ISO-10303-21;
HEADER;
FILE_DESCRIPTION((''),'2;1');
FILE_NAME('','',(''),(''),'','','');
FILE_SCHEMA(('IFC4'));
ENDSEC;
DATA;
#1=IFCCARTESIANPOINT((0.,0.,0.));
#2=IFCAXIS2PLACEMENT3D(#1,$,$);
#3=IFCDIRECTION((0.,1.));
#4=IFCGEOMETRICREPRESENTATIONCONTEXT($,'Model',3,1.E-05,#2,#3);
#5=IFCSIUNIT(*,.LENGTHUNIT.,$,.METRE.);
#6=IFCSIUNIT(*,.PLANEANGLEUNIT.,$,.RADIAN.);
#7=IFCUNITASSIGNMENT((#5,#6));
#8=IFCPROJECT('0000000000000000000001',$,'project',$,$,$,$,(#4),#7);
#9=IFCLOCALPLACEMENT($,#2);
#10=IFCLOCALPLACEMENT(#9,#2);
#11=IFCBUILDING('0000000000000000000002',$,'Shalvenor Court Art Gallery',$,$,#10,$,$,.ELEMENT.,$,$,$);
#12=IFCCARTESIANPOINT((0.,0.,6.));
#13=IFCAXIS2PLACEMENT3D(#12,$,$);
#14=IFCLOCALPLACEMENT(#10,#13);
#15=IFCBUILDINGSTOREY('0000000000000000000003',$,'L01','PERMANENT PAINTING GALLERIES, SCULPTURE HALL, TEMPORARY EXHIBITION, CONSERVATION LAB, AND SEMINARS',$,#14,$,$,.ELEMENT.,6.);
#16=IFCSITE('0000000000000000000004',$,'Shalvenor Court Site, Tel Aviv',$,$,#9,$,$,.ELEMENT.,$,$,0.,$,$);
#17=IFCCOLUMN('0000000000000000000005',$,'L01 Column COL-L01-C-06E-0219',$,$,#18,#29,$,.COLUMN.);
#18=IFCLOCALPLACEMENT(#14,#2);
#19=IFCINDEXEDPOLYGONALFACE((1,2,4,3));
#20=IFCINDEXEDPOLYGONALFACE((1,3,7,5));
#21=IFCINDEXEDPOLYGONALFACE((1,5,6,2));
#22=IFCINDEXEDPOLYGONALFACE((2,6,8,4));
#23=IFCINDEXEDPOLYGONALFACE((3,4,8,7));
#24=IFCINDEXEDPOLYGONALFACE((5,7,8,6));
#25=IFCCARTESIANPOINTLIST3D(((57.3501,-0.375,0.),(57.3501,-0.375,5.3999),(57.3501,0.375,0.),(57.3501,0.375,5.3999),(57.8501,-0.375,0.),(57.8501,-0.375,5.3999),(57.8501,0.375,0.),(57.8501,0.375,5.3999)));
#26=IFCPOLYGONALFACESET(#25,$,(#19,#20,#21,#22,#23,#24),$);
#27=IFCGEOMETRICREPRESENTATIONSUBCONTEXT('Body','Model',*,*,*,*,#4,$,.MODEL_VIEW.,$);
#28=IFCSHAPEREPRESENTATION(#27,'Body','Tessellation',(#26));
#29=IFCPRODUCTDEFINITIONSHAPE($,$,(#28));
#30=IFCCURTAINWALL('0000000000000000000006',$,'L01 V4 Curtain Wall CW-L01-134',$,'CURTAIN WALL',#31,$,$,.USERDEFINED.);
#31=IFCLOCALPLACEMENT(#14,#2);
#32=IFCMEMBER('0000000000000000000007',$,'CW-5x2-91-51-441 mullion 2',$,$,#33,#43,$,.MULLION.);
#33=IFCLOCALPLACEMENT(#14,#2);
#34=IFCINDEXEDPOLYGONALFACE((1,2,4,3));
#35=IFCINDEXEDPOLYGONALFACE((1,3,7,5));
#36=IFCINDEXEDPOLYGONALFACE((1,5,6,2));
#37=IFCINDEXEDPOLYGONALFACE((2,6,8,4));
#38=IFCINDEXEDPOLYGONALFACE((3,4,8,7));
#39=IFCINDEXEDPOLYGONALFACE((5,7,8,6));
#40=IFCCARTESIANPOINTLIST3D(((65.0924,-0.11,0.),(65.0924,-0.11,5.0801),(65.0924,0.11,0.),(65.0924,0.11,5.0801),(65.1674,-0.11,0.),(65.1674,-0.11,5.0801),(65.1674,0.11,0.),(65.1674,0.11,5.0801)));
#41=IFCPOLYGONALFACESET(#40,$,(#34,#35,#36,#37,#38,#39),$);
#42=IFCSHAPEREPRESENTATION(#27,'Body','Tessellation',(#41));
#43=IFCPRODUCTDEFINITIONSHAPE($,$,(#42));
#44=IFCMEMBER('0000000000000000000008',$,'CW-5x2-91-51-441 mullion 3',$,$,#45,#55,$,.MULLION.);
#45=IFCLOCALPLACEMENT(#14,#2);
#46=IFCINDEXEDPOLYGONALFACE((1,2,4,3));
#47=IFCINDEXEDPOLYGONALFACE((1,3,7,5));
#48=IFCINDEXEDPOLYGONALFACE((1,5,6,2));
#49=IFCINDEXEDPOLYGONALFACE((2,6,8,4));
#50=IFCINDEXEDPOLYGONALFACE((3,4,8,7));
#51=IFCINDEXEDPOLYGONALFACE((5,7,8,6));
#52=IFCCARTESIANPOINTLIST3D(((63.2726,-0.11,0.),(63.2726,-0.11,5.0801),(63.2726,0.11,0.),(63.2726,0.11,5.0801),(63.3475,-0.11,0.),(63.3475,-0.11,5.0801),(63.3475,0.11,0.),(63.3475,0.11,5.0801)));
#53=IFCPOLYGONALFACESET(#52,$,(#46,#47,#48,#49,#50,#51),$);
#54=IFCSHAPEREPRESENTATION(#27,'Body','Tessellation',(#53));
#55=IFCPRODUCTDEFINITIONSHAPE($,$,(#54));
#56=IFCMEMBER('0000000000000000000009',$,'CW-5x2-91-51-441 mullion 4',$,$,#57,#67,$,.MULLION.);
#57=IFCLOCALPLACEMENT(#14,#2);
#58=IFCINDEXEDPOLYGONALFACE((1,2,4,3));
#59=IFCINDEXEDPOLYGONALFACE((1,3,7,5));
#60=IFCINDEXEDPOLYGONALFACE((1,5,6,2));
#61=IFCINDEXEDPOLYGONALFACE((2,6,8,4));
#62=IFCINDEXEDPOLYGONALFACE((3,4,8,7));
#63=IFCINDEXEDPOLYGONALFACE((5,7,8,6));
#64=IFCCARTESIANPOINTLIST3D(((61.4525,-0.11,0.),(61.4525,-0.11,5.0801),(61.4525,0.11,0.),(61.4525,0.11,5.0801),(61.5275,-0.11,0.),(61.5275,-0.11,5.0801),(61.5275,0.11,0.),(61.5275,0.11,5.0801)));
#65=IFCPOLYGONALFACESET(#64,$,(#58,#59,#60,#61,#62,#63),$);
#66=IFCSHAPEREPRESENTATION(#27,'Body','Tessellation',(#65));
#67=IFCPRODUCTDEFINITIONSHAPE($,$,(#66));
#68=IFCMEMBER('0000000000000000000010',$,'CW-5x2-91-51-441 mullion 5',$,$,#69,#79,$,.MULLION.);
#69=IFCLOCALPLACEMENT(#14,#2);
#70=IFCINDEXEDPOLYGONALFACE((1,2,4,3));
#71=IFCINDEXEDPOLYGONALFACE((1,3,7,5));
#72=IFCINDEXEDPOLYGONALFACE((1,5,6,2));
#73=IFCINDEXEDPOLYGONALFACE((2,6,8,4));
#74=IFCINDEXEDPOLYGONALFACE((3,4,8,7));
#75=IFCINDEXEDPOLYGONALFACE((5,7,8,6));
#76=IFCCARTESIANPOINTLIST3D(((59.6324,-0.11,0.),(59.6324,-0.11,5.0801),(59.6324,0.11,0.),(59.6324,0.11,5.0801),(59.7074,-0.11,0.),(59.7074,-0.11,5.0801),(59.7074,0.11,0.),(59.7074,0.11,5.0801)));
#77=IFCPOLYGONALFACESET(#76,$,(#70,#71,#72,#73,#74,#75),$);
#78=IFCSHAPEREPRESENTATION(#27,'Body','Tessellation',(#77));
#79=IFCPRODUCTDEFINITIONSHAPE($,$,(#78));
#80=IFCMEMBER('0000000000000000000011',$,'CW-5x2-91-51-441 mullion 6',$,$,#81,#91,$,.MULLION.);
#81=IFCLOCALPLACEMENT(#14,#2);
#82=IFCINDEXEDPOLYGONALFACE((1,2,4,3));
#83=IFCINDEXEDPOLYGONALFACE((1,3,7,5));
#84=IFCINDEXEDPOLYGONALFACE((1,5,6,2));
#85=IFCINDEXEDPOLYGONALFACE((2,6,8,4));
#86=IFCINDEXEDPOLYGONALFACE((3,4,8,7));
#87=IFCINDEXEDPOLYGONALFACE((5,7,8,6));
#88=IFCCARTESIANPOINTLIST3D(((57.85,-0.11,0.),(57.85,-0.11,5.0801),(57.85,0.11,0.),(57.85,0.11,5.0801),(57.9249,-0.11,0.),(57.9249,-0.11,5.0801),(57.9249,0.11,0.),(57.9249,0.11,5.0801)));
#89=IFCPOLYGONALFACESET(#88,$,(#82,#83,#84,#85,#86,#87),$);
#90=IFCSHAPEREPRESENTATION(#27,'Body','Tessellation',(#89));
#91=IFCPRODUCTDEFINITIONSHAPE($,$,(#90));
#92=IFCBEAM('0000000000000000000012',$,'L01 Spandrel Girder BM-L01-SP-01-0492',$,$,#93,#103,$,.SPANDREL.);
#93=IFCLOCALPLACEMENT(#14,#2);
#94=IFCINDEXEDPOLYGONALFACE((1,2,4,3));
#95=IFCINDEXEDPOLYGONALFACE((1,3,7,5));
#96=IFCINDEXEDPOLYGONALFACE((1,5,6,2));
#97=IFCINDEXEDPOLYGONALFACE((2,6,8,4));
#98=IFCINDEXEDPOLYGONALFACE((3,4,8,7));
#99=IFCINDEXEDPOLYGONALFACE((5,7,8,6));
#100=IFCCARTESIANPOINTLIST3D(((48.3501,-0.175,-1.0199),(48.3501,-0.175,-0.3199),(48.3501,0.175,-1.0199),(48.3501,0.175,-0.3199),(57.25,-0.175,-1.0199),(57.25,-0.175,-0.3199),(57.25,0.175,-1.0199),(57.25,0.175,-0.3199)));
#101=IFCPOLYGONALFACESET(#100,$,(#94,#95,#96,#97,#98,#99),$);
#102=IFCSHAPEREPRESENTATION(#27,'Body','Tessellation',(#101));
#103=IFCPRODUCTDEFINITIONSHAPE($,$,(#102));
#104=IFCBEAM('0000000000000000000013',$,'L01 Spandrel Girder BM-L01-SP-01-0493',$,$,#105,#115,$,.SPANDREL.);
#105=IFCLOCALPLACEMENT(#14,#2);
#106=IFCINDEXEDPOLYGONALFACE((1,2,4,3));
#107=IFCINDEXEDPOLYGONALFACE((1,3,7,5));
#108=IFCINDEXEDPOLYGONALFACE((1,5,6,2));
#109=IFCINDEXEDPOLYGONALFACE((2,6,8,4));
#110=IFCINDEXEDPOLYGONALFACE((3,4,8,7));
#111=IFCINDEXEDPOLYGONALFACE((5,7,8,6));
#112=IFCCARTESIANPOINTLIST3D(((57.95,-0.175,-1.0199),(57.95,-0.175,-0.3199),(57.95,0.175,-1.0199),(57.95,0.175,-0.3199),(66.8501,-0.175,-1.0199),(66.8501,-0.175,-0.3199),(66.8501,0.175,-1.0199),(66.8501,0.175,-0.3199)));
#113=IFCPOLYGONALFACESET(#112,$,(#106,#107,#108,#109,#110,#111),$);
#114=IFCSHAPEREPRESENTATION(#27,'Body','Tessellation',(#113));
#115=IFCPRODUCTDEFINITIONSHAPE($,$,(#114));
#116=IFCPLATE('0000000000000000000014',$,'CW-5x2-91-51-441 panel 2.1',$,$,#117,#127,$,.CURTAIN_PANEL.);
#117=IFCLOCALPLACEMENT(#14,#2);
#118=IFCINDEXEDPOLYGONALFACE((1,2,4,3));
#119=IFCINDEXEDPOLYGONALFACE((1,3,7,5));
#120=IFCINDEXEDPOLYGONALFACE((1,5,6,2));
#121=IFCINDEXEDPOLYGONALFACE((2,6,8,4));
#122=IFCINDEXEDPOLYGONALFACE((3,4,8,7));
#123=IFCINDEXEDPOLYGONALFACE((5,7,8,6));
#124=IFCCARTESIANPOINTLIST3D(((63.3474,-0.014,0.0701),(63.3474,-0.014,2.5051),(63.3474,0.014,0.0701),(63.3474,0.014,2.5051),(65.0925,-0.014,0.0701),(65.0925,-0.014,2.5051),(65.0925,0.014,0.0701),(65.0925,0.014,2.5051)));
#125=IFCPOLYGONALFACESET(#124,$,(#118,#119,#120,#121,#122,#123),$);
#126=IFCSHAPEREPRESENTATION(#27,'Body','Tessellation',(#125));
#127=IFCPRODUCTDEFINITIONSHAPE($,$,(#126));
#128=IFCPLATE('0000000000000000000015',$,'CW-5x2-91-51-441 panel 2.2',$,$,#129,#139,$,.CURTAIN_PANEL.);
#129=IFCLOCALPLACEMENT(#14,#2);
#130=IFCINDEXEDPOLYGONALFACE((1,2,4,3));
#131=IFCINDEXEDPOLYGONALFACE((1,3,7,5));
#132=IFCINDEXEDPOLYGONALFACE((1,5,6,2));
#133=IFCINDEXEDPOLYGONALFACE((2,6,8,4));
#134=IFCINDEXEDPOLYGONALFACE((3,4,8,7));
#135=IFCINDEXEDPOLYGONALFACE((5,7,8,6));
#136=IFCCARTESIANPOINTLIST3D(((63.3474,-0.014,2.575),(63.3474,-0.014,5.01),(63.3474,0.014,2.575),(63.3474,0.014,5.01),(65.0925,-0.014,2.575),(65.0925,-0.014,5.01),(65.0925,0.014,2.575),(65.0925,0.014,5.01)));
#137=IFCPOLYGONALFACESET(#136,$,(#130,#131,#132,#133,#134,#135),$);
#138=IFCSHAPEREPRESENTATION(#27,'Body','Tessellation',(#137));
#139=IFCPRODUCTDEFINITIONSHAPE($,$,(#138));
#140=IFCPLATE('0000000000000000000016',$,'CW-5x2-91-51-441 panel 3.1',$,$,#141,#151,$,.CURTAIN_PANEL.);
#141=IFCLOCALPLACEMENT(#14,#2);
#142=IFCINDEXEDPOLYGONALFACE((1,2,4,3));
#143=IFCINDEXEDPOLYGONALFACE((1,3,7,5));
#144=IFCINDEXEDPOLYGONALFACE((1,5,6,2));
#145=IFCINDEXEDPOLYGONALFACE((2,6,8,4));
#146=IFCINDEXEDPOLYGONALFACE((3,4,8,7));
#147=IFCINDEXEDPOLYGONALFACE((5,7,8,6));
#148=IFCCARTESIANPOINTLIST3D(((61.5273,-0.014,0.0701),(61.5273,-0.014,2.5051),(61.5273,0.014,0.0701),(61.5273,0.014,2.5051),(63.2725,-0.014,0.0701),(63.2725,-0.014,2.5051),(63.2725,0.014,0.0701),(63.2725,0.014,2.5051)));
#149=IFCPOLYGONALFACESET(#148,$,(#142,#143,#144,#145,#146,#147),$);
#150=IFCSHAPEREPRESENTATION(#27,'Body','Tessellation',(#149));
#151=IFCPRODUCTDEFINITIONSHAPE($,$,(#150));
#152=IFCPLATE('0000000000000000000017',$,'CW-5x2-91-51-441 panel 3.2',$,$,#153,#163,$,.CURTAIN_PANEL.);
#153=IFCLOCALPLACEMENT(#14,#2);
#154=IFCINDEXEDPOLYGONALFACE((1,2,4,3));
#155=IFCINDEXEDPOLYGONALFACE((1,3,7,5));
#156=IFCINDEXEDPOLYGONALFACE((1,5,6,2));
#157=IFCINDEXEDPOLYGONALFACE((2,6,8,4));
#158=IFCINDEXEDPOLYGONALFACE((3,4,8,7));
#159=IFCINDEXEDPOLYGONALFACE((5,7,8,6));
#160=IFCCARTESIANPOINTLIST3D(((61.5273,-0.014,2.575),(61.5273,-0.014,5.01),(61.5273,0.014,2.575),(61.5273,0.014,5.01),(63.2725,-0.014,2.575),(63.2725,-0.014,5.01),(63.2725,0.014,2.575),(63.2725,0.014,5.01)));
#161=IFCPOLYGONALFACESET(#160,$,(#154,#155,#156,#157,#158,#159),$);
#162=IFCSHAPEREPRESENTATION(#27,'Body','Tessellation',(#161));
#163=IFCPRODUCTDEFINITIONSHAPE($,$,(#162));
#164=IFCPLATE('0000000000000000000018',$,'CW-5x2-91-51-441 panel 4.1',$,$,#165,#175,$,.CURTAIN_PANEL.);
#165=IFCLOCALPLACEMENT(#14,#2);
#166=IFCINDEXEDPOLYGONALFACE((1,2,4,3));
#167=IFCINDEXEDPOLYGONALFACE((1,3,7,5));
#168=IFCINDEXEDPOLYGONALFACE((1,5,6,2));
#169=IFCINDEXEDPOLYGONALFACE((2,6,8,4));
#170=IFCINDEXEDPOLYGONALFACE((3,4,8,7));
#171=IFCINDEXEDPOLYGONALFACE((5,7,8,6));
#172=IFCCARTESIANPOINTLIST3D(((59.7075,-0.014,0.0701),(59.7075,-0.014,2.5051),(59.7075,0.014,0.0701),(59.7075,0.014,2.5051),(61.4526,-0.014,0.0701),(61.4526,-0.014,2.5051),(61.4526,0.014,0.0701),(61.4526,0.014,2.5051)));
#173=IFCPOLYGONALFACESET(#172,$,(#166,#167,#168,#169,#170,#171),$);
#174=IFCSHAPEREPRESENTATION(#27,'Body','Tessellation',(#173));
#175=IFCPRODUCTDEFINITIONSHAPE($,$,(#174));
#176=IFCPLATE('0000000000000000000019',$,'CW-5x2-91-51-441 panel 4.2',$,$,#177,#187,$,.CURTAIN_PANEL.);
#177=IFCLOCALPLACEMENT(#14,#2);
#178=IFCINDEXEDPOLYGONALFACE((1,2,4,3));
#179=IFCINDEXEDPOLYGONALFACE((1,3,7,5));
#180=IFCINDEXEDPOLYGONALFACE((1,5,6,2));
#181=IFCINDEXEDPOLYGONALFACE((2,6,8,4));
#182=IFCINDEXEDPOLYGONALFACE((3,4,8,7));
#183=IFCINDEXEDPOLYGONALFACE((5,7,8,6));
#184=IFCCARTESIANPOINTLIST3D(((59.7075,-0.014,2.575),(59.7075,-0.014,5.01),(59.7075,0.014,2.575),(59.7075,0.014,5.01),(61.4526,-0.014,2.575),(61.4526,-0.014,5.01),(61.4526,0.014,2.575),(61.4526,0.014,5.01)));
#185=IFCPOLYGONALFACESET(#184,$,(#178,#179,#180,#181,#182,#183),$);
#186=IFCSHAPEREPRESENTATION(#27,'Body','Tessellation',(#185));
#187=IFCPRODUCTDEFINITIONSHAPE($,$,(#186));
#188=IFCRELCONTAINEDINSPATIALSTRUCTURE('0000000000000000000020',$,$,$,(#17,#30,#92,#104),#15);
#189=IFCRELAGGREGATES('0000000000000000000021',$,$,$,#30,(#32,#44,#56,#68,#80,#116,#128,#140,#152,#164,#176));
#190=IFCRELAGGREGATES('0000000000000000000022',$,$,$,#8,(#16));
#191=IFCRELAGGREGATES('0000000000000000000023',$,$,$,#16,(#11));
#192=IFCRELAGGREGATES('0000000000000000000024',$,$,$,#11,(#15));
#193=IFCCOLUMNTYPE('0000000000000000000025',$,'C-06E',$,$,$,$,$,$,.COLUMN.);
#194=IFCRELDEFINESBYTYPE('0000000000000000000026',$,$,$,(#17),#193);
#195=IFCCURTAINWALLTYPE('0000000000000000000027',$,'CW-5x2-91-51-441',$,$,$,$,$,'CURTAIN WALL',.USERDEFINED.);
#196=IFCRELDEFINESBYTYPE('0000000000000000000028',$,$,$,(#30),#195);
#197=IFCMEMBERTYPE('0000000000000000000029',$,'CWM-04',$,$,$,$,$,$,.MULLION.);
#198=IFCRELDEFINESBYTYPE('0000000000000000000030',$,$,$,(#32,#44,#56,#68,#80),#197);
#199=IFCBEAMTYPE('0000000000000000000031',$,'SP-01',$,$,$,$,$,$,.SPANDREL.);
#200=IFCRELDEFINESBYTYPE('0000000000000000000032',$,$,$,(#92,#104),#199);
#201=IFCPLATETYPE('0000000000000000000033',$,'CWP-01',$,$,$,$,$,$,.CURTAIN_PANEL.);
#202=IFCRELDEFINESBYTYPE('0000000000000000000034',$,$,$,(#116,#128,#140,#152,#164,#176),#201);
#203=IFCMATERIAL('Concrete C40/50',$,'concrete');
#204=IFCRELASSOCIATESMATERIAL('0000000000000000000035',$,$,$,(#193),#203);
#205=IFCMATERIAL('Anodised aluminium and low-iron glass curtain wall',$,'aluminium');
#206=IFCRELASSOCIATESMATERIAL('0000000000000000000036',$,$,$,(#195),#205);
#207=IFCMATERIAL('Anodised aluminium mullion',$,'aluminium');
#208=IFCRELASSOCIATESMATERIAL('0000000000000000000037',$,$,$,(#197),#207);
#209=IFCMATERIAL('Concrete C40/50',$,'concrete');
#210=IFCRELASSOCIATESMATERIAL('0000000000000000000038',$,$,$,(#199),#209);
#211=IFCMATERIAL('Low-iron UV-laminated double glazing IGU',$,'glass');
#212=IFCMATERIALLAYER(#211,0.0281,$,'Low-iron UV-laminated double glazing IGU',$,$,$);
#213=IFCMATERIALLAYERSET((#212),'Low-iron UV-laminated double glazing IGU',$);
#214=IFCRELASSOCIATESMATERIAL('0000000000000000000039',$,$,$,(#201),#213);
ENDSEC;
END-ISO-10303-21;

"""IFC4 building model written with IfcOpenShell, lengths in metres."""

from ifc_helpers import new_model, si_unit, direction, frame, origin, origin_2d, place, context, subcontext, project, spatial, rectangle, extrude, material, layer, layer_set, material_profile, profile_set, type_object, element, aggregate, save


model = new_model("IFC4")

# Units and contexts
model_context = context("Model", 3, precision=1e-05, world=origin(), true_north=direction((0.0, 1.0)))
body_context = subcontext(model_context, "Body", "Model", "MODEL_VIEW")
ifc_project = project(units=[si_unit("LENGTHUNIT", "METRE"), si_unit("PLANEANGLEUNIT", "RADIAN")], contexts=[model_context])

# Site, building, storey
site_placement = place(None, origin())
site = spatial("IfcSite", under=ifc_project, at=site_placement, Name="Shalvenor Court Site, Tel Aviv", CompositionType="ELEMENT", RefElevation=0.0)
building_placement = place(site_placement, origin())
building = spatial("IfcBuilding", under=site, at=building_placement, Name="Shalvenor Court Art Gallery", CompositionType="ELEMENT")
storey_placement = place(building_placement, frame((0.0, 0.0, 6.0)))
storey = spatial("IfcBuildingStorey", under=building, at=storey_placement, Name="L01", Description="PERMANENT PAINTING GALLERIES, SCULPTURE HALL, TEMPORARY EXHIBITION, CONSERVATION LAB, AND SEMINARS", CompositionType="ELEMENT", Elevation=6.0)

# Column
ifc_material_1 = material(Name="Concrete C40/50", Category="concrete")
ifc_material_profile_1 = material_profile(ifc_material_1, rectangle(XDim=0.5, YDim=0.75, at=origin_2d()), Name="RC 500x750")
ifc_profile_set_1 = profile_set([ifc_material_profile_1], Name="Concrete C40/50")
column_type = type_object("IfcColumnType", Name="C-06E", PredefinedType="COLUMN", material=ifc_profile_set_1)
column_placement = place(storey_placement, frame((57.6001, 0.0, 0.0), z_axis=(0.0, 0.0, 1.0), x_axis=(1.0, 0.0, 0.0)))
element("IfcColumn", 1, at=column_placement, inside=storey, type_object=column_type, Name="L01 Column COL-L01-C-06E-0219", PredefinedType="COLUMN", context=body_context, shape_type="SweptSolid", body=[
    extrude(rectangle(XDim=0.5, YDim=0.75, at=origin_2d()), origin(), (0.0, 0.0, 1.0), 5.3999),
])

# Curtain wall, members
ifc_material_2 = material(Name="Anodised aluminium and low-iron glass curtain wall", Category="aluminium")
curtain_wall_type = type_object("IfcCurtainWallType", Name="CW-5x2-91-51-441", ElementType="CURTAIN WALL", PredefinedType="USERDEFINED", material=ifc_material_2)
curtain_wall_placement = place(storey_placement, origin())
curtain_wall = element("IfcCurtainWall", 2, at=curtain_wall_placement, inside=storey, type_object=curtain_wall_type, Name="L01 V4 Curtain Wall CW-L01-134", ObjectType="CURTAIN WALL", PredefinedType="USERDEFINED")
ifc_material_3 = material(Name="Anodised aluminium mullion", Category="aluminium")
ifc_material_profile_2 = material_profile(ifc_material_3, rectangle(XDim=0.075, YDim=0.22, at=origin_2d()), Name="CWM-04")
ifc_profile_set_2 = profile_set([ifc_material_profile_2], Name="Anodised aluminium mullion")
member_type = type_object("IfcMemberType", Name="CWM-04", PredefinedType="MULLION", material=ifc_profile_set_2)
member_1_placement = place(storey_placement, frame((65.1299, 0.0, 0.0), z_axis=(0.0, 0.0, 1.0), x_axis=(-1.0, 0.0, 0.0)))
member_1 = element("IfcMember", 3, at=member_1_placement, type_object=member_type, Name="CW-5x2-91-51-441 mullion 2", PredefinedType="MULLION", context=body_context, shape_type="SweptSolid", body=[
    extrude(rectangle(XDim=0.075, YDim=0.22, at=origin_2d()), origin(), (0.0, 0.0, 1.0), 5.0801),
])
member_2_placement = place(storey_placement, frame((63.3101, 0.0, 0.0), z_axis=(0.0, 0.0, 1.0), x_axis=(-1.0, 0.0, 0.0)))
member_2 = element("IfcMember", 4, at=member_2_placement, type_object=member_type, Name="CW-5x2-91-51-441 mullion 3", PredefinedType="MULLION", context=body_context, shape_type="SweptSolid", body=[
    extrude(rectangle(XDim=0.075, YDim=0.22, at=origin_2d()), origin(), (0.0, 0.0, 1.0), 5.0801),
])
member_3_placement = place(storey_placement, frame((61.49, 0.0, 0.0), z_axis=(0.0, 0.0, 1.0), x_axis=(-1.0, 0.0, 0.0)))
member_3 = element("IfcMember", 5, at=member_3_placement, type_object=member_type, Name="CW-5x2-91-51-441 mullion 4", PredefinedType="MULLION", context=body_context, shape_type="SweptSolid", body=[
    extrude(rectangle(XDim=0.075, YDim=0.22, at=origin_2d()), origin(), (0.0, 0.0, 1.0), 5.0801),
])
member_4_placement = place(storey_placement, frame((59.6699, 0.0, 0.0), z_axis=(0.0, 0.0, 1.0), x_axis=(-1.0, 0.0, 0.0)))
member_4 = element("IfcMember", 6, at=member_4_placement, type_object=member_type, Name="CW-5x2-91-51-441 mullion 5", PredefinedType="MULLION", context=body_context, shape_type="SweptSolid", body=[
    extrude(rectangle(XDim=0.075, YDim=0.22, at=origin_2d()), origin(), (0.0, 0.0, 1.0), 5.0801),
])
member_5_placement = place(storey_placement, frame((57.8875, 0.0, 0.0), z_axis=(0.0, 0.0, 1.0), x_axis=(-1.0, 0.0, 0.0)))
member_5 = element("IfcMember", 7, at=member_5_placement, type_object=member_type, Name="CW-5x2-91-51-441 mullion 6", PredefinedType="MULLION", context=body_context, shape_type="SweptSolid", body=[
    extrude(rectangle(XDim=0.075, YDim=0.22, at=origin_2d()), origin(), (0.0, 0.0, 1.0), 5.0801),
])

# Beams
ifc_material_4 = material(Name="Concrete C40/50", Category="concrete")
ifc_material_profile_3 = material_profile(ifc_material_4, rectangle(XDim=0.3501, YDim=0.7, at=origin_2d()), Name="RC 350x700")
ifc_profile_set_3 = profile_set([ifc_material_profile_3], Name="Concrete C40/50")
beam_type = type_object("IfcBeamType", Name="SP-01", PredefinedType="SPANDREL", material=ifc_profile_set_3)
beam_1_placement = place(storey_placement, frame((48.3501, 0.0, -0.6699), z_axis=(1.0, 0.0, 0.0), x_axis=(0.0, 1.0, 0.0)))
element("IfcBeam", 8, at=beam_1_placement, inside=storey, type_object=beam_type, Name="L01 Spandrel Girder BM-L01-SP-01-0492", PredefinedType="SPANDREL", context=body_context, shape_type="SweptSolid", body=[
    extrude(rectangle(XDim=0.3501, YDim=0.7, at=origin_2d()), origin(), (0.0, 0.0, 1.0), 8.8999),
])
beam_2_placement = place(storey_placement, frame((57.95, 0.0, -0.6699), z_axis=(1.0, 0.0, 0.0), x_axis=(0.0, 1.0, 0.0)))
element("IfcBeam", 9, at=beam_2_placement, inside=storey, type_object=beam_type, Name="L01 Spandrel Girder BM-L01-SP-01-0493", PredefinedType="SPANDREL", context=body_context, shape_type="SweptSolid", body=[
    extrude(rectangle(XDim=0.3501, YDim=0.7, at=origin_2d()), origin(), (0.0, 0.0, 1.0), 8.9001),
])

# Plates
ifc_material_5 = material(Name="Low-iron UV-laminated double glazing IGU", Category="glass")
ifc_layer_1 = layer(ifc_material_5, 0.0281, Name="Low-iron UV-laminated double glazing IGU")
ifc_layer_set_1 = layer_set([ifc_layer_1], Name="Low-iron UV-laminated double glazing IGU")
plate_type_1 = type_object("IfcPlateType", Name="CWP-01", PredefinedType="CURTAIN_PANEL", material=ifc_layer_set_1)
plate_1_placement = place(storey_placement, frame((64.22, 0.0, 0.0701), z_axis=(0.0, 0.0, 1.0), x_axis=(-1.0, 0.0, 0.0)))
plate_1 = element("IfcPlate", 10, at=plate_1_placement, type_object=plate_type_1, Name="CW-5x2-91-51-441 panel 2.1", PredefinedType="CURTAIN_PANEL", context=body_context, shape_type="SweptSolid", body=[
    extrude(rectangle(XDim=1.7451, YDim=0.0281, at=origin_2d()), origin(), (0.0, 0.0, 1.0), 2.4351),
])
plate_2_placement = place(storey_placement, frame((64.22, 0.0, 2.575), z_axis=(0.0, 0.0, 1.0), x_axis=(-1.0, 0.0, 0.0)))
plate_2 = element("IfcPlate", 11, at=plate_2_placement, type_object=plate_type_1, Name="CW-5x2-91-51-441 panel 2.2", PredefinedType="CURTAIN_PANEL", context=body_context, shape_type="SweptSolid", body=[
    extrude(rectangle(XDim=1.7451, YDim=0.0281, at=origin_2d()), origin(), (0.0, 0.0, 1.0), 2.4351),
])
plate_3_placement = place(storey_placement, frame((62.3999, 0.0, 0.0701), z_axis=(0.0, 0.0, 1.0), x_axis=(-1.0, 0.0, 0.0)))
plate_3 = element("IfcPlate", 12, at=plate_3_placement, type_object=plate_type_1, Name="CW-5x2-91-51-441 panel 3.1", PredefinedType="CURTAIN_PANEL", context=body_context, shape_type="SweptSolid", body=[
    extrude(rectangle(XDim=1.7451, YDim=0.0281, at=origin_2d()), origin(), (0.0, 0.0, 1.0), 2.4351),
])
plate_4_placement = place(storey_placement, frame((62.3999, 0.0, 2.575), z_axis=(0.0, 0.0, 1.0), x_axis=(-1.0, 0.0, 0.0)))
plate_4 = element("IfcPlate", 13, at=plate_4_placement, type_object=plate_type_1, Name="CW-5x2-91-51-441 panel 3.2", PredefinedType="CURTAIN_PANEL", context=body_context, shape_type="SweptSolid", body=[
    extrude(rectangle(XDim=1.7451, YDim=0.0281, at=origin_2d()), origin(), (0.0, 0.0, 1.0), 2.4351),
])
plate_5_placement = place(storey_placement, frame((60.5801, 0.0, 0.0701), z_axis=(0.0, 0.0, 1.0), x_axis=(-1.0, 0.0, 0.0)))
plate_5 = element("IfcPlate", 14, at=plate_5_placement, type_object=plate_type_1, Name="CW-5x2-91-51-441 panel 4.1", PredefinedType="CURTAIN_PANEL", context=body_context, shape_type="SweptSolid", body=[
    extrude(rectangle(XDim=1.7451, YDim=0.0281, at=origin_2d()), origin(), (0.0, 0.0, 1.0), 2.4351),
])
plate_6_placement = place(storey_placement, frame((60.5801, 0.0, 2.575), z_axis=(0.0, 0.0, 1.0), x_axis=(-1.0, 0.0, 0.0)))
plate_6 = element("IfcPlate", 15, at=plate_6_placement, type_object=plate_type_1, Name="CW-5x2-91-51-441 panel 4.2", PredefinedType="CURTAIN_PANEL", context=body_context, shape_type="SweptSolid", body=[
    extrude(rectangle(XDim=1.7451, YDim=0.0281, at=origin_2d()), origin(), (0.0, 0.0, 1.0), 2.4351),
])
aggregate(curtain_wall, [member_1, member_2, member_3, member_4, member_5, plate_1, plate_2, plate_3, plate_4, plate_5, plate_6])

save(model, "model.ifc")
